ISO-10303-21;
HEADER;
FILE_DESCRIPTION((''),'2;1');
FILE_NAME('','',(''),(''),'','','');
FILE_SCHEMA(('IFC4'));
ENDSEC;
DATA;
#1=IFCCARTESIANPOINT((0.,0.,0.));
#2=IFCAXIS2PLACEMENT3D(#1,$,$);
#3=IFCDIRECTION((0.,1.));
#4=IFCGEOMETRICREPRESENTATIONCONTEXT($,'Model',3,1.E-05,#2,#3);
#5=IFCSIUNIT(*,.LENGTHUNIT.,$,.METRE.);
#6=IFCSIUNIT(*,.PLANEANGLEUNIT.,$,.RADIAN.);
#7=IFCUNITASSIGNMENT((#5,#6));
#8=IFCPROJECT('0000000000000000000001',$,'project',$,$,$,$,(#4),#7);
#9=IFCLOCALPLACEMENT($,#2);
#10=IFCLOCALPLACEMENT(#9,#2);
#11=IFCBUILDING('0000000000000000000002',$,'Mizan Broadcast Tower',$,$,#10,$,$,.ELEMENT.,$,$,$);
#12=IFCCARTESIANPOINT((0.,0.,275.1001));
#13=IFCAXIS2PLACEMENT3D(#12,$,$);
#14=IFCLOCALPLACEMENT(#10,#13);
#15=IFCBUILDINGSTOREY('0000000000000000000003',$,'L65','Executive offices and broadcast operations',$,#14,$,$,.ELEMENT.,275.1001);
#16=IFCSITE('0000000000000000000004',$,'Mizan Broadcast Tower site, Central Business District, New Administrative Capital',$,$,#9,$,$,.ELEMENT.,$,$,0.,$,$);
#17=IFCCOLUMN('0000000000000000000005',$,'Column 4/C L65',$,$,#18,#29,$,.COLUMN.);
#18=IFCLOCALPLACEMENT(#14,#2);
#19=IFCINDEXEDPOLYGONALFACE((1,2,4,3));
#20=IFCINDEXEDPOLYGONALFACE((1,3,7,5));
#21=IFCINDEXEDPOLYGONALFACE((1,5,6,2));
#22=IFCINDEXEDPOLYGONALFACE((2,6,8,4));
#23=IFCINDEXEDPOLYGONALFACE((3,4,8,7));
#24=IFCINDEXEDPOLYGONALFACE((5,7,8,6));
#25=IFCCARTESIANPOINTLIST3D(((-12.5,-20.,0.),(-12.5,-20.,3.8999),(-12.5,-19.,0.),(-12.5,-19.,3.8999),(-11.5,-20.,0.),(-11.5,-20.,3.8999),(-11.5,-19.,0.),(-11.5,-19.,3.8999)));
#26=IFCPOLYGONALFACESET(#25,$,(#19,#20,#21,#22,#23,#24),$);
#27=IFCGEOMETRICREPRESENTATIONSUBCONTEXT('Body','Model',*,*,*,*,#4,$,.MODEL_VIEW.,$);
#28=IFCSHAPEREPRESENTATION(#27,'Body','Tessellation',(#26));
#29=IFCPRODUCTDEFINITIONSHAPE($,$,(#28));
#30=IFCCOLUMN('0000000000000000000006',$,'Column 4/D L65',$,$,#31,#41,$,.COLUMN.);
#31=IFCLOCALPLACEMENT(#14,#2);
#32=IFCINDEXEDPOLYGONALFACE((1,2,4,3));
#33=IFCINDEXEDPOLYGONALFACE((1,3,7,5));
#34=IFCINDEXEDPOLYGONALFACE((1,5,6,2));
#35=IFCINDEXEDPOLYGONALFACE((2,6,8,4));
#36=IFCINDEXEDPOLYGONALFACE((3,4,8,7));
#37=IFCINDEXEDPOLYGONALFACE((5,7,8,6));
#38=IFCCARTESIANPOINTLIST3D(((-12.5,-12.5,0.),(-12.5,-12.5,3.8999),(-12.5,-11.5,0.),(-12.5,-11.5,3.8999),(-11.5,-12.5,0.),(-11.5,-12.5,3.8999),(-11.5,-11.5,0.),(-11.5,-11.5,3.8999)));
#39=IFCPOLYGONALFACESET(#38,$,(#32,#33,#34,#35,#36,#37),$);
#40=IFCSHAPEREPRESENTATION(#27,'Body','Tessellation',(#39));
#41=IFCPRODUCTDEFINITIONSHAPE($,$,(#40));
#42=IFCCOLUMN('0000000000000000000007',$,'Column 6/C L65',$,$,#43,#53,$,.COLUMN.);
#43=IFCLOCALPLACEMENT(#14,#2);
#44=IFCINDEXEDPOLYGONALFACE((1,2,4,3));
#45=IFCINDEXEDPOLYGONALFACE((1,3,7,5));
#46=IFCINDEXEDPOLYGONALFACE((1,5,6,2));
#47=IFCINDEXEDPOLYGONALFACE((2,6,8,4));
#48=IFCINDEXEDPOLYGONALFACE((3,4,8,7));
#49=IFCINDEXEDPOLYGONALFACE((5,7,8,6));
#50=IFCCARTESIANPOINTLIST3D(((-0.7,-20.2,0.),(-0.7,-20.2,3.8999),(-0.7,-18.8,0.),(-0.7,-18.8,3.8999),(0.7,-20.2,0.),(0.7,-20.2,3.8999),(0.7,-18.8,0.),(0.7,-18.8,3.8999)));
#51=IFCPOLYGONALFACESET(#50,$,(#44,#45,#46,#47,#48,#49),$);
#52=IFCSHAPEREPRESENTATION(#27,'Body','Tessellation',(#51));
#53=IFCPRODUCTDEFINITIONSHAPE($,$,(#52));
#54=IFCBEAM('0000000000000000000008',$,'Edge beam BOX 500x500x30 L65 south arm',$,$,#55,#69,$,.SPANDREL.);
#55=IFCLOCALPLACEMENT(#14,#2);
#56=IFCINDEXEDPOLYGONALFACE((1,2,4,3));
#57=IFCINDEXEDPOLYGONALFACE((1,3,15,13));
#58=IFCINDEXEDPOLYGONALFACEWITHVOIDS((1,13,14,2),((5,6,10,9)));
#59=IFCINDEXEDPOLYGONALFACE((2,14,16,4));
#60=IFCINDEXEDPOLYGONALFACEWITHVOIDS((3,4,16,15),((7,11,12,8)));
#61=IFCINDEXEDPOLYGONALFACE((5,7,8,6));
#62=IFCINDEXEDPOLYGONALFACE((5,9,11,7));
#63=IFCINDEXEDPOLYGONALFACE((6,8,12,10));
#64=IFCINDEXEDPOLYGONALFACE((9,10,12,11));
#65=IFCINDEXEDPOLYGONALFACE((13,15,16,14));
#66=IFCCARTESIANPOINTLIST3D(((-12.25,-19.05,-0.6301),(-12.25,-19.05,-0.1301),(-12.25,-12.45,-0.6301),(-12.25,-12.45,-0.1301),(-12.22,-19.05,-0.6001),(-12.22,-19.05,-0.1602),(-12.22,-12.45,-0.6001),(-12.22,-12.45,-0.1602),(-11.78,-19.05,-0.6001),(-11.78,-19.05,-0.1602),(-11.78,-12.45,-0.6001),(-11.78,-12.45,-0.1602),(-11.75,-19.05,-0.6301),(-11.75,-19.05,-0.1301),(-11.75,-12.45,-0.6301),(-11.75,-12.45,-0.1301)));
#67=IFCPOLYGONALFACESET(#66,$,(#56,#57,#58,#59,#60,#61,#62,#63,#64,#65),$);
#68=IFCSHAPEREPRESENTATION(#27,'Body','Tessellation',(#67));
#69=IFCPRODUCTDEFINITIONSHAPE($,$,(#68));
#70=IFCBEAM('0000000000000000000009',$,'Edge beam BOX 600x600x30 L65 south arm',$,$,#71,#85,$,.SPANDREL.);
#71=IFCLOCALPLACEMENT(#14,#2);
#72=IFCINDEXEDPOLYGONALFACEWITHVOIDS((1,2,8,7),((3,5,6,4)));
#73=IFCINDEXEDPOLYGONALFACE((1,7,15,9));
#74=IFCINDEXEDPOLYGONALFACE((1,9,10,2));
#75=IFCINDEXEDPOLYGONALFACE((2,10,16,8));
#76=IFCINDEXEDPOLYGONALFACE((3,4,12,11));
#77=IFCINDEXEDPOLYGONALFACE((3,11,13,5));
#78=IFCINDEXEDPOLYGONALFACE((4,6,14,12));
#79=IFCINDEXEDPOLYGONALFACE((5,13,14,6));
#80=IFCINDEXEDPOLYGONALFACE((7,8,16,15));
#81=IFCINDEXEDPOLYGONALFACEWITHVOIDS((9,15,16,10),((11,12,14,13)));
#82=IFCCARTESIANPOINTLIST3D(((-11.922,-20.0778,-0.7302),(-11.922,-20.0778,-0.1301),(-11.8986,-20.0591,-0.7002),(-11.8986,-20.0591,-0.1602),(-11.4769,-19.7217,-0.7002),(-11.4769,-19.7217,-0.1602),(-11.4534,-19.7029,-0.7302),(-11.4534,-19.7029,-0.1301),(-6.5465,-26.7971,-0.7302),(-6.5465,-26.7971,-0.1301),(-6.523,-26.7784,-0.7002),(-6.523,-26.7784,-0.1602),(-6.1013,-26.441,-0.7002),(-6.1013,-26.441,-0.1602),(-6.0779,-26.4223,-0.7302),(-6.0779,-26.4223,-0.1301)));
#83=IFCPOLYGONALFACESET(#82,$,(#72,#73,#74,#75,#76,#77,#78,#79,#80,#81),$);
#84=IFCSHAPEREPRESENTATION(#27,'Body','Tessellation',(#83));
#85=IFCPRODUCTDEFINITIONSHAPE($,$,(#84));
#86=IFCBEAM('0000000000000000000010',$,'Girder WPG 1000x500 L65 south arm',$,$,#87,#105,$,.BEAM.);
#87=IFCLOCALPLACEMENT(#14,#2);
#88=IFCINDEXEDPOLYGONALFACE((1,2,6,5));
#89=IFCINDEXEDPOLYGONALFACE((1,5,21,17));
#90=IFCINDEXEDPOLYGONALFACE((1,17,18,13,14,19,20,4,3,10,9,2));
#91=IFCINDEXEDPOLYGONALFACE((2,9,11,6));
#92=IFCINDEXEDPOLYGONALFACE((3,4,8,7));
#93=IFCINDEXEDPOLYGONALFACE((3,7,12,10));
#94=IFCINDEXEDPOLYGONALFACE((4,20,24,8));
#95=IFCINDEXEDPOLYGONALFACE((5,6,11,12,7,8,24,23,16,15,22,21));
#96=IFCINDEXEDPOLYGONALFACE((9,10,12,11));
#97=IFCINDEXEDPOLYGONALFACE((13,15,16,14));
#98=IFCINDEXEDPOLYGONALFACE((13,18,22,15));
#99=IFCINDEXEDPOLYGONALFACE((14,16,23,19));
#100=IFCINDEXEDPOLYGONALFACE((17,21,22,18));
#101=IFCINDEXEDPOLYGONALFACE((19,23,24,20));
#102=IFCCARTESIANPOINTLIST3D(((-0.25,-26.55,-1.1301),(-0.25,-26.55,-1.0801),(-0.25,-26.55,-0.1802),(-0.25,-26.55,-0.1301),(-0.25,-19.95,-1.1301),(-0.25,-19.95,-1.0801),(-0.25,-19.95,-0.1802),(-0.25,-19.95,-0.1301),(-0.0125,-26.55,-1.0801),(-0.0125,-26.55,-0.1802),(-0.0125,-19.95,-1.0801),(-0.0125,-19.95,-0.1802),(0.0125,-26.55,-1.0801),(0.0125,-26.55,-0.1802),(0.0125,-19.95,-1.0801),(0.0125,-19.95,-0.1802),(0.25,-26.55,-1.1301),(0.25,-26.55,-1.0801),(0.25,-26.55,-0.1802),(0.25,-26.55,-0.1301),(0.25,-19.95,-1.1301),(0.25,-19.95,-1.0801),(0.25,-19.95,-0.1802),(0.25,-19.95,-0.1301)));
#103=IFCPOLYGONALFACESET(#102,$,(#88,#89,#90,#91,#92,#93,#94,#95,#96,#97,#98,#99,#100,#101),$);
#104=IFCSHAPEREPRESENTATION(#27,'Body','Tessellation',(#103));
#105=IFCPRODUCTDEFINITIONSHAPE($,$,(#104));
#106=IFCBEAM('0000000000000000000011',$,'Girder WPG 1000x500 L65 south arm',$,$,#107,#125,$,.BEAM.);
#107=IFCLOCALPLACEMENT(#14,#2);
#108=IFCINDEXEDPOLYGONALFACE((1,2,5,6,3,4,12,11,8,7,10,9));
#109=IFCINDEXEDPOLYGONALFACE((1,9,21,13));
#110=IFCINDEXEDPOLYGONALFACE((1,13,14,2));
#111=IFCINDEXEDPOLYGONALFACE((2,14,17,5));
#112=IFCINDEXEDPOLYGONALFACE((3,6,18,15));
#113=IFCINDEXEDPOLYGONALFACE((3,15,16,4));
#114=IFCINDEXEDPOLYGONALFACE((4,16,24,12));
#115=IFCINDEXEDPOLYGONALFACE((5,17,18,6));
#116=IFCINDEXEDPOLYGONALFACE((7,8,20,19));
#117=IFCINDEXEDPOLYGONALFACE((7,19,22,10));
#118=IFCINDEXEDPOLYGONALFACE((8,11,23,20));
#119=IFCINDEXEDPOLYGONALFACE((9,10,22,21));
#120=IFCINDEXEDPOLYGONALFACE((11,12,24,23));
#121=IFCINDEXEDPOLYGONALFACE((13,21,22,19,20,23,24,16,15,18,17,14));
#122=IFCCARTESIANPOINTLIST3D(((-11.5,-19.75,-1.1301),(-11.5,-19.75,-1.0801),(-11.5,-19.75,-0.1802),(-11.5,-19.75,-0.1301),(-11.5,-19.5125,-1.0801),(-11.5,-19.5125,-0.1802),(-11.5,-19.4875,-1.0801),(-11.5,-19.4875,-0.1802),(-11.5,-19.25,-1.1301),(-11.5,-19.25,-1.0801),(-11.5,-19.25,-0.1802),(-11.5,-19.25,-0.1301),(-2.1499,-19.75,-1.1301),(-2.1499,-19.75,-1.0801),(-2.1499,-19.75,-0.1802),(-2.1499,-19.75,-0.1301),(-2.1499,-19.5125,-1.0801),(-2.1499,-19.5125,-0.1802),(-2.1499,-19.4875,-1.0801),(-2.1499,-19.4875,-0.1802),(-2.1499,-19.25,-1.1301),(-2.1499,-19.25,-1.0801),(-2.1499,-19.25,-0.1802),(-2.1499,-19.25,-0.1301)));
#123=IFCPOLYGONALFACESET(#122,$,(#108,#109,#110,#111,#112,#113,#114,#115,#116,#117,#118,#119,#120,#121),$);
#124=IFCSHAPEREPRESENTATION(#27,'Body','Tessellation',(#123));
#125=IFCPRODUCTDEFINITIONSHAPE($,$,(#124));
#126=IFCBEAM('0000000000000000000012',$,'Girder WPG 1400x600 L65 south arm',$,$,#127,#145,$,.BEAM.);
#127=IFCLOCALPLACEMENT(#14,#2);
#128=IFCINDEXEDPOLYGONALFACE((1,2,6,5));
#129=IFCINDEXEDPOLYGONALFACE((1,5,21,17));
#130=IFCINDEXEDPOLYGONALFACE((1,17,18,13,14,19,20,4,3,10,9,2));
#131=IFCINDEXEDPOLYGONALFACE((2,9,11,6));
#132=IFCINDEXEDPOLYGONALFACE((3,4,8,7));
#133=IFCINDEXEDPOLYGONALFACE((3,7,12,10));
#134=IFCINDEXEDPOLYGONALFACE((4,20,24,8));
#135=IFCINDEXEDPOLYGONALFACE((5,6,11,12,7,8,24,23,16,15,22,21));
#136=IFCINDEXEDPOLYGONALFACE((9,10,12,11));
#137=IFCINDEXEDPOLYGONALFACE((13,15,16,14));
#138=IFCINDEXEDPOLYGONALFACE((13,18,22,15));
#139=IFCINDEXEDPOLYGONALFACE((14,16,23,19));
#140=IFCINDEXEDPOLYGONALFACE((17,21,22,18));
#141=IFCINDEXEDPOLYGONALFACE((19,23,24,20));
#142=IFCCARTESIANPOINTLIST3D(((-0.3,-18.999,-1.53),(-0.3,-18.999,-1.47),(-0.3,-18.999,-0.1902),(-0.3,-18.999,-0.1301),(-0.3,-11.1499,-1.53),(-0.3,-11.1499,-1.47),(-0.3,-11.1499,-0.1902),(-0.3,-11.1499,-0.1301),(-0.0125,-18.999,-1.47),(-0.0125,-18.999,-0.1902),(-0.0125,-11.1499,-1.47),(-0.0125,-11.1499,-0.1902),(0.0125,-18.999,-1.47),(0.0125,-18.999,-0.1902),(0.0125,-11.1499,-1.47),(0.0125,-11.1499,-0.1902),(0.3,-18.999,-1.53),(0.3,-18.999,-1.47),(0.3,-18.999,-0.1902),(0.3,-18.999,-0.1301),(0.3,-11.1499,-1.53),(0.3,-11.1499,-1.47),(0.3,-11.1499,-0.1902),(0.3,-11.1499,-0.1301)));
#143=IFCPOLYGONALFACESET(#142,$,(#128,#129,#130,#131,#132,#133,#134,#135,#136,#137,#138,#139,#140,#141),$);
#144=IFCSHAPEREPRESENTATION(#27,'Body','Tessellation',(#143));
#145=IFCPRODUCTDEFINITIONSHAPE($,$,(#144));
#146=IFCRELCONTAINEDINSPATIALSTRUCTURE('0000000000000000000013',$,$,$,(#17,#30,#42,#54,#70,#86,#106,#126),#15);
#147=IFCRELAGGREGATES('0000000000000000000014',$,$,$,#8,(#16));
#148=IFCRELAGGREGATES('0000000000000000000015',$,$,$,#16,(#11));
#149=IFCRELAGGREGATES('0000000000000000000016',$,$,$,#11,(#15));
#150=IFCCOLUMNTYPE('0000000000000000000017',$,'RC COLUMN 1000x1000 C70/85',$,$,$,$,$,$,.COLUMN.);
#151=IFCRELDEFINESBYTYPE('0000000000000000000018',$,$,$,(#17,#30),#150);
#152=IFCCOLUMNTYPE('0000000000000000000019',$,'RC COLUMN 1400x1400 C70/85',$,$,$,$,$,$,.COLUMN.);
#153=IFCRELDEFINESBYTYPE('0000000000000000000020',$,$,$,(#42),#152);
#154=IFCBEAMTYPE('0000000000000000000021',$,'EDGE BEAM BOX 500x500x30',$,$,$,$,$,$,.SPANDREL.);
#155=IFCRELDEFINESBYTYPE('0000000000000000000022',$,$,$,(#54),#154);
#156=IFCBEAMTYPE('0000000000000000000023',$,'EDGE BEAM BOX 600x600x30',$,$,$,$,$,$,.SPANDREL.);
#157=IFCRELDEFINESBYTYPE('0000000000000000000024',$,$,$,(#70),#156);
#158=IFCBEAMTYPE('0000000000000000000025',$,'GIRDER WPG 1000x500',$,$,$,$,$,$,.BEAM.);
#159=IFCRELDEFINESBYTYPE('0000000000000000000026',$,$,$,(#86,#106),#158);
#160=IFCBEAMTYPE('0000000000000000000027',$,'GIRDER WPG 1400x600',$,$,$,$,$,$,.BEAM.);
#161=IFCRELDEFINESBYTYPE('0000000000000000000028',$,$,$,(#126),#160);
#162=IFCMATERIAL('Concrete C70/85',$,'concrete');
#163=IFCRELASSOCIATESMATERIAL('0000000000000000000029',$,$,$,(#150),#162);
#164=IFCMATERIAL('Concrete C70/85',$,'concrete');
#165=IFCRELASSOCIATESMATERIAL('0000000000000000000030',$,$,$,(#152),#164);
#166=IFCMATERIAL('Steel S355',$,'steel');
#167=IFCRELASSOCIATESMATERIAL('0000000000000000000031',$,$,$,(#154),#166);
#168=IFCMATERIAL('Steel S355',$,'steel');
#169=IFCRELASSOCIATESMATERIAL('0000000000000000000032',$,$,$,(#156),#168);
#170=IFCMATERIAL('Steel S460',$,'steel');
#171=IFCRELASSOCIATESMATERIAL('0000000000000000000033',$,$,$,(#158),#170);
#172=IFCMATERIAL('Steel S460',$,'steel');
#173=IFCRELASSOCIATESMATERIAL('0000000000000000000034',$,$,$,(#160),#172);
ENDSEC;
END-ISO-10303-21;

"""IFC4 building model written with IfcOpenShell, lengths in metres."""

from ifc_helpers import new_model, si_unit, direction, frame, origin, origin_2d, place, context, subcontext, project, spatial, rectangle, hollow_rectangle, i_section, extrude, material, material_profile, profile_set, type_object, element, save


model = new_model("IFC4")

# Units and contexts
model_context = context("Model", 3, precision=1e-05, world=origin(), true_north=direction((0.0, 1.0)))
body_context = subcontext(model_context, "Body", "Model", "MODEL_VIEW")
ifc_project = project(units=[si_unit("LENGTHUNIT", "METRE"), si_unit("PLANEANGLEUNIT", "RADIAN")], contexts=[model_context])

# Site, building, storey
site_placement = place(None, origin())
site = spatial("IfcSite", under=ifc_project, at=site_placement, Name="Mizan Broadcast Tower site, Central Business District, New Administrative Capital", CompositionType="ELEMENT", RefElevation=0.0)
building_placement = place(site_placement, origin())
building = spatial("IfcBuilding", under=site, at=building_placement, Name="Mizan Broadcast Tower", CompositionType="ELEMENT")
storey_placement = place(building_placement, frame((0.0, 0.0, 275.1001)))
storey = spatial("IfcBuildingStorey", under=building, at=storey_placement, Name="L65", Description="Executive offices and broadcast operations", CompositionType="ELEMENT", Elevation=275.1001)

# Columns
ifc_material_1 = material(Name="Concrete C70/85", Category="concrete")
ifc_material_profile_1 = material_profile(ifc_material_1, rectangle(XDim=1.0, YDim=1.0, at=origin_2d()), Name="RC 1000x1000")
ifc_profile_set_1 = profile_set([ifc_material_profile_1], Name="Concrete C70/85")
column_type_1 = type_object("IfcColumnType", Name="RC COLUMN 1000x1000 C70/85", PredefinedType="COLUMN", material=ifc_profile_set_1)
for number, where, z_axis, x_axis, name in (
    (1, (-12.0, -19.5, 0.0), (0.0, 0.0, 1.0), (1.0, 0.0, 0.0), "Column 4/C L65"),
    (2, (-12.0, -12.0, 0.0), (0.0, 0.0, 1.0), (1.0, 0.0, 0.0), "Column 4/D L65"),
):
    element("IfcColumn", number, at=place(storey_placement, frame(where, z_axis=z_axis, x_axis=x_axis)), inside=storey, type_object=column_type_1, Name=name, PredefinedType="COLUMN", context=body_context, shape_type="SweptSolid", body=[
        extrude(rectangle(XDim=1.0, YDim=1.0, at=origin_2d()), origin(), (0.0, 0.0, 1.0), 3.8999),
    ])
ifc_material_2 = material(Name="Concrete C70/85", Category="concrete")
ifc_material_profile_2 = material_profile(ifc_material_2, rectangle(XDim=1.3999, YDim=1.3999, at=origin_2d()), Name="RC 1400x1400")
ifc_profile_set_2 = profile_set([ifc_material_profile_2], Name="Concrete C70/85")
column_type_2 = type_object("IfcColumnType", Name="RC COLUMN 1400x1400 C70/85", PredefinedType="COLUMN", material=ifc_profile_set_2)
column_placement = place(storey_placement, frame((0.0, -19.5, 0.0), z_axis=(0.0, 0.0, 1.0), x_axis=(1.0, 0.0, 0.0)))
element("IfcColumn", 3, at=column_placement, inside=storey, type_object=column_type_2, Name="Column 6/C L65", PredefinedType="COLUMN", context=body_context, shape_type="SweptSolid", body=[
    extrude(rectangle(XDim=1.3999, YDim=1.3999, at=origin_2d()), origin(), (0.0, 0.0, 1.0), 3.8999),
])

# Beams
ifc_material_3 = material(Name="Steel S355", Category="steel")
ifc_material_profile_3 = material_profile(ifc_material_3, hollow_rectangle(XDim=0.5, YDim=0.5, WallThickness=0.03, at=origin_2d()), Name="BOX 500x500x30")
ifc_profile_set_3 = profile_set([ifc_material_profile_3], Name="Steel S355")
beam_type_1 = type_object("IfcBeamType", Name="EDGE BEAM BOX 500x500x30", PredefinedType="SPANDREL", material=ifc_profile_set_3)
beam_1_placement = place(storey_placement, frame((-12.0, -12.45, -0.3801), z_axis=(0.0, -1.0, 0.0), x_axis=(1.0, 0.0, 0.0)))
element("IfcBeam", 4, at=beam_1_placement, inside=storey, type_object=beam_type_1, Name="Edge beam BOX 500x500x30 L65 south arm", PredefinedType="SPANDREL", context=body_context, shape_type="SweptSolid", body=[
    extrude(hollow_rectangle(XDim=0.5, YDim=0.5, WallThickness=0.03, at=origin_2d()), origin(), (0.0, 0.0, 1.0), 6.6001),
])
ifc_material_4 = material(Name="Steel S355", Category="steel")
ifc_material_profile_4 = material_profile(ifc_material_4, hollow_rectangle(XDim=0.6001, YDim=0.6001, WallThickness=0.03, at=origin_2d()), Name="BOX 600x600x30")
ifc_profile_set_4 = profile_set([ifc_material_profile_4], Name="Steel S355")
beam_type_2 = type_object("IfcBeamType", Name="EDGE BEAM BOX 600x600x30", PredefinedType="SPANDREL", material=ifc_profile_set_4)
beam_2_placement = place(storey_placement, frame((-11.6877, -19.8904, -0.4302), z_axis=(0.624702, -0.780863, 0.0), x_axis=(0.780863, 0.624702, 0.0)))
element("IfcBeam", 5, at=beam_2_placement, inside=storey, type_object=beam_type_2, Name="Edge beam BOX 600x600x30 L65 south arm", PredefinedType="SPANDREL", context=body_context, shape_type="SweptSolid", body=[
    extrude(hollow_rectangle(XDim=0.6001, YDim=0.6001, WallThickness=0.03, at=origin_2d()), origin(), (0.0, 0.0, 1.0), 8.605),
])
ifc_material_5 = material(Name="Steel S460", Category="steel")
ifc_material_profile_5 = material_profile(ifc_material_5, i_section(OverallWidth=0.5, OverallDepth=1.0, WebThickness=0.0249, FlangeThickness=0.05, at=origin_2d()), Name="WPG 1000x500")
ifc_profile_set_5 = profile_set([ifc_material_profile_5], Name="Steel S460")
beam_type_3 = type_object("IfcBeamType", Name="GIRDER WPG 1000x500", PredefinedType="BEAM", material=ifc_profile_set_5)
beam_3_placement = place(storey_placement, frame((0.0, -19.95, -0.6301), z_axis=(0.0, -1.0, 0.0), x_axis=(1.0, 0.0, 0.0)))
element("IfcBeam", 6, at=beam_3_placement, inside=storey, type_object=beam_type_3, Name="Girder WPG 1000x500 L65 south arm", PredefinedType="BEAM", context=body_context, shape_type="SweptSolid", body=[
    extrude(i_section(OverallWidth=0.5, OverallDepth=1.0, WebThickness=0.0249, FlangeThickness=0.05, at=origin_2d()), origin(), (0.0, 0.0, 1.0), 6.6001),
])
beam_4_placement = place(storey_placement, frame((-11.5, -19.5, -0.6301), z_axis=(1.0, 0.0, 0.0), x_axis=(0.0, 1.0, 0.0)))
element("IfcBeam", 7, at=beam_4_placement, inside=storey, type_object=beam_type_3, Name="Girder WPG 1000x500 L65 south arm", PredefinedType="BEAM", context=body_context, shape_type="SweptSolid", body=[
    extrude(i_section(OverallWidth=0.5, OverallDepth=1.0, WebThickness=0.0249, FlangeThickness=0.05, at=origin_2d()), origin(), (0.0, 0.0, 1.0), 9.3501),
])
ifc_material_6 = material(Name="Steel S460", Category="steel")
ifc_material_profile_6 = material_profile(ifc_material_6, i_section(OverallWidth=0.6001, OverallDepth=1.3999, WebThickness=0.0249, FlangeThickness=0.0601, at=origin_2d()), Name="WPG 1400x600")
ifc_profile_set_6 = profile_set([ifc_material_profile_6], Name="Steel S460")
beam_type_4 = type_object("IfcBeamType", Name="GIRDER WPG 1400x600", PredefinedType="BEAM", material=ifc_profile_set_6)
beam_5_placement = place(storey_placement, frame((0.0, -11.1499, -0.8301), z_axis=(0.0, -1.0, 0.0), x_axis=(1.0, 0.0, 0.0)))
element("IfcBeam", 8, at=beam_5_placement, inside=storey, type_object=beam_type_4, Name="Girder WPG 1400x600 L65 south arm", PredefinedType="BEAM", context=body_context, shape_type="SweptSolid", body=[
    extrude(i_section(OverallWidth=0.6001, OverallDepth=1.3999, WebThickness=0.0249, FlangeThickness=0.0601, at=origin_2d()), origin(), (0.0, 0.0, 1.0), 7.8491),
])

save(model, "model.ifc")
